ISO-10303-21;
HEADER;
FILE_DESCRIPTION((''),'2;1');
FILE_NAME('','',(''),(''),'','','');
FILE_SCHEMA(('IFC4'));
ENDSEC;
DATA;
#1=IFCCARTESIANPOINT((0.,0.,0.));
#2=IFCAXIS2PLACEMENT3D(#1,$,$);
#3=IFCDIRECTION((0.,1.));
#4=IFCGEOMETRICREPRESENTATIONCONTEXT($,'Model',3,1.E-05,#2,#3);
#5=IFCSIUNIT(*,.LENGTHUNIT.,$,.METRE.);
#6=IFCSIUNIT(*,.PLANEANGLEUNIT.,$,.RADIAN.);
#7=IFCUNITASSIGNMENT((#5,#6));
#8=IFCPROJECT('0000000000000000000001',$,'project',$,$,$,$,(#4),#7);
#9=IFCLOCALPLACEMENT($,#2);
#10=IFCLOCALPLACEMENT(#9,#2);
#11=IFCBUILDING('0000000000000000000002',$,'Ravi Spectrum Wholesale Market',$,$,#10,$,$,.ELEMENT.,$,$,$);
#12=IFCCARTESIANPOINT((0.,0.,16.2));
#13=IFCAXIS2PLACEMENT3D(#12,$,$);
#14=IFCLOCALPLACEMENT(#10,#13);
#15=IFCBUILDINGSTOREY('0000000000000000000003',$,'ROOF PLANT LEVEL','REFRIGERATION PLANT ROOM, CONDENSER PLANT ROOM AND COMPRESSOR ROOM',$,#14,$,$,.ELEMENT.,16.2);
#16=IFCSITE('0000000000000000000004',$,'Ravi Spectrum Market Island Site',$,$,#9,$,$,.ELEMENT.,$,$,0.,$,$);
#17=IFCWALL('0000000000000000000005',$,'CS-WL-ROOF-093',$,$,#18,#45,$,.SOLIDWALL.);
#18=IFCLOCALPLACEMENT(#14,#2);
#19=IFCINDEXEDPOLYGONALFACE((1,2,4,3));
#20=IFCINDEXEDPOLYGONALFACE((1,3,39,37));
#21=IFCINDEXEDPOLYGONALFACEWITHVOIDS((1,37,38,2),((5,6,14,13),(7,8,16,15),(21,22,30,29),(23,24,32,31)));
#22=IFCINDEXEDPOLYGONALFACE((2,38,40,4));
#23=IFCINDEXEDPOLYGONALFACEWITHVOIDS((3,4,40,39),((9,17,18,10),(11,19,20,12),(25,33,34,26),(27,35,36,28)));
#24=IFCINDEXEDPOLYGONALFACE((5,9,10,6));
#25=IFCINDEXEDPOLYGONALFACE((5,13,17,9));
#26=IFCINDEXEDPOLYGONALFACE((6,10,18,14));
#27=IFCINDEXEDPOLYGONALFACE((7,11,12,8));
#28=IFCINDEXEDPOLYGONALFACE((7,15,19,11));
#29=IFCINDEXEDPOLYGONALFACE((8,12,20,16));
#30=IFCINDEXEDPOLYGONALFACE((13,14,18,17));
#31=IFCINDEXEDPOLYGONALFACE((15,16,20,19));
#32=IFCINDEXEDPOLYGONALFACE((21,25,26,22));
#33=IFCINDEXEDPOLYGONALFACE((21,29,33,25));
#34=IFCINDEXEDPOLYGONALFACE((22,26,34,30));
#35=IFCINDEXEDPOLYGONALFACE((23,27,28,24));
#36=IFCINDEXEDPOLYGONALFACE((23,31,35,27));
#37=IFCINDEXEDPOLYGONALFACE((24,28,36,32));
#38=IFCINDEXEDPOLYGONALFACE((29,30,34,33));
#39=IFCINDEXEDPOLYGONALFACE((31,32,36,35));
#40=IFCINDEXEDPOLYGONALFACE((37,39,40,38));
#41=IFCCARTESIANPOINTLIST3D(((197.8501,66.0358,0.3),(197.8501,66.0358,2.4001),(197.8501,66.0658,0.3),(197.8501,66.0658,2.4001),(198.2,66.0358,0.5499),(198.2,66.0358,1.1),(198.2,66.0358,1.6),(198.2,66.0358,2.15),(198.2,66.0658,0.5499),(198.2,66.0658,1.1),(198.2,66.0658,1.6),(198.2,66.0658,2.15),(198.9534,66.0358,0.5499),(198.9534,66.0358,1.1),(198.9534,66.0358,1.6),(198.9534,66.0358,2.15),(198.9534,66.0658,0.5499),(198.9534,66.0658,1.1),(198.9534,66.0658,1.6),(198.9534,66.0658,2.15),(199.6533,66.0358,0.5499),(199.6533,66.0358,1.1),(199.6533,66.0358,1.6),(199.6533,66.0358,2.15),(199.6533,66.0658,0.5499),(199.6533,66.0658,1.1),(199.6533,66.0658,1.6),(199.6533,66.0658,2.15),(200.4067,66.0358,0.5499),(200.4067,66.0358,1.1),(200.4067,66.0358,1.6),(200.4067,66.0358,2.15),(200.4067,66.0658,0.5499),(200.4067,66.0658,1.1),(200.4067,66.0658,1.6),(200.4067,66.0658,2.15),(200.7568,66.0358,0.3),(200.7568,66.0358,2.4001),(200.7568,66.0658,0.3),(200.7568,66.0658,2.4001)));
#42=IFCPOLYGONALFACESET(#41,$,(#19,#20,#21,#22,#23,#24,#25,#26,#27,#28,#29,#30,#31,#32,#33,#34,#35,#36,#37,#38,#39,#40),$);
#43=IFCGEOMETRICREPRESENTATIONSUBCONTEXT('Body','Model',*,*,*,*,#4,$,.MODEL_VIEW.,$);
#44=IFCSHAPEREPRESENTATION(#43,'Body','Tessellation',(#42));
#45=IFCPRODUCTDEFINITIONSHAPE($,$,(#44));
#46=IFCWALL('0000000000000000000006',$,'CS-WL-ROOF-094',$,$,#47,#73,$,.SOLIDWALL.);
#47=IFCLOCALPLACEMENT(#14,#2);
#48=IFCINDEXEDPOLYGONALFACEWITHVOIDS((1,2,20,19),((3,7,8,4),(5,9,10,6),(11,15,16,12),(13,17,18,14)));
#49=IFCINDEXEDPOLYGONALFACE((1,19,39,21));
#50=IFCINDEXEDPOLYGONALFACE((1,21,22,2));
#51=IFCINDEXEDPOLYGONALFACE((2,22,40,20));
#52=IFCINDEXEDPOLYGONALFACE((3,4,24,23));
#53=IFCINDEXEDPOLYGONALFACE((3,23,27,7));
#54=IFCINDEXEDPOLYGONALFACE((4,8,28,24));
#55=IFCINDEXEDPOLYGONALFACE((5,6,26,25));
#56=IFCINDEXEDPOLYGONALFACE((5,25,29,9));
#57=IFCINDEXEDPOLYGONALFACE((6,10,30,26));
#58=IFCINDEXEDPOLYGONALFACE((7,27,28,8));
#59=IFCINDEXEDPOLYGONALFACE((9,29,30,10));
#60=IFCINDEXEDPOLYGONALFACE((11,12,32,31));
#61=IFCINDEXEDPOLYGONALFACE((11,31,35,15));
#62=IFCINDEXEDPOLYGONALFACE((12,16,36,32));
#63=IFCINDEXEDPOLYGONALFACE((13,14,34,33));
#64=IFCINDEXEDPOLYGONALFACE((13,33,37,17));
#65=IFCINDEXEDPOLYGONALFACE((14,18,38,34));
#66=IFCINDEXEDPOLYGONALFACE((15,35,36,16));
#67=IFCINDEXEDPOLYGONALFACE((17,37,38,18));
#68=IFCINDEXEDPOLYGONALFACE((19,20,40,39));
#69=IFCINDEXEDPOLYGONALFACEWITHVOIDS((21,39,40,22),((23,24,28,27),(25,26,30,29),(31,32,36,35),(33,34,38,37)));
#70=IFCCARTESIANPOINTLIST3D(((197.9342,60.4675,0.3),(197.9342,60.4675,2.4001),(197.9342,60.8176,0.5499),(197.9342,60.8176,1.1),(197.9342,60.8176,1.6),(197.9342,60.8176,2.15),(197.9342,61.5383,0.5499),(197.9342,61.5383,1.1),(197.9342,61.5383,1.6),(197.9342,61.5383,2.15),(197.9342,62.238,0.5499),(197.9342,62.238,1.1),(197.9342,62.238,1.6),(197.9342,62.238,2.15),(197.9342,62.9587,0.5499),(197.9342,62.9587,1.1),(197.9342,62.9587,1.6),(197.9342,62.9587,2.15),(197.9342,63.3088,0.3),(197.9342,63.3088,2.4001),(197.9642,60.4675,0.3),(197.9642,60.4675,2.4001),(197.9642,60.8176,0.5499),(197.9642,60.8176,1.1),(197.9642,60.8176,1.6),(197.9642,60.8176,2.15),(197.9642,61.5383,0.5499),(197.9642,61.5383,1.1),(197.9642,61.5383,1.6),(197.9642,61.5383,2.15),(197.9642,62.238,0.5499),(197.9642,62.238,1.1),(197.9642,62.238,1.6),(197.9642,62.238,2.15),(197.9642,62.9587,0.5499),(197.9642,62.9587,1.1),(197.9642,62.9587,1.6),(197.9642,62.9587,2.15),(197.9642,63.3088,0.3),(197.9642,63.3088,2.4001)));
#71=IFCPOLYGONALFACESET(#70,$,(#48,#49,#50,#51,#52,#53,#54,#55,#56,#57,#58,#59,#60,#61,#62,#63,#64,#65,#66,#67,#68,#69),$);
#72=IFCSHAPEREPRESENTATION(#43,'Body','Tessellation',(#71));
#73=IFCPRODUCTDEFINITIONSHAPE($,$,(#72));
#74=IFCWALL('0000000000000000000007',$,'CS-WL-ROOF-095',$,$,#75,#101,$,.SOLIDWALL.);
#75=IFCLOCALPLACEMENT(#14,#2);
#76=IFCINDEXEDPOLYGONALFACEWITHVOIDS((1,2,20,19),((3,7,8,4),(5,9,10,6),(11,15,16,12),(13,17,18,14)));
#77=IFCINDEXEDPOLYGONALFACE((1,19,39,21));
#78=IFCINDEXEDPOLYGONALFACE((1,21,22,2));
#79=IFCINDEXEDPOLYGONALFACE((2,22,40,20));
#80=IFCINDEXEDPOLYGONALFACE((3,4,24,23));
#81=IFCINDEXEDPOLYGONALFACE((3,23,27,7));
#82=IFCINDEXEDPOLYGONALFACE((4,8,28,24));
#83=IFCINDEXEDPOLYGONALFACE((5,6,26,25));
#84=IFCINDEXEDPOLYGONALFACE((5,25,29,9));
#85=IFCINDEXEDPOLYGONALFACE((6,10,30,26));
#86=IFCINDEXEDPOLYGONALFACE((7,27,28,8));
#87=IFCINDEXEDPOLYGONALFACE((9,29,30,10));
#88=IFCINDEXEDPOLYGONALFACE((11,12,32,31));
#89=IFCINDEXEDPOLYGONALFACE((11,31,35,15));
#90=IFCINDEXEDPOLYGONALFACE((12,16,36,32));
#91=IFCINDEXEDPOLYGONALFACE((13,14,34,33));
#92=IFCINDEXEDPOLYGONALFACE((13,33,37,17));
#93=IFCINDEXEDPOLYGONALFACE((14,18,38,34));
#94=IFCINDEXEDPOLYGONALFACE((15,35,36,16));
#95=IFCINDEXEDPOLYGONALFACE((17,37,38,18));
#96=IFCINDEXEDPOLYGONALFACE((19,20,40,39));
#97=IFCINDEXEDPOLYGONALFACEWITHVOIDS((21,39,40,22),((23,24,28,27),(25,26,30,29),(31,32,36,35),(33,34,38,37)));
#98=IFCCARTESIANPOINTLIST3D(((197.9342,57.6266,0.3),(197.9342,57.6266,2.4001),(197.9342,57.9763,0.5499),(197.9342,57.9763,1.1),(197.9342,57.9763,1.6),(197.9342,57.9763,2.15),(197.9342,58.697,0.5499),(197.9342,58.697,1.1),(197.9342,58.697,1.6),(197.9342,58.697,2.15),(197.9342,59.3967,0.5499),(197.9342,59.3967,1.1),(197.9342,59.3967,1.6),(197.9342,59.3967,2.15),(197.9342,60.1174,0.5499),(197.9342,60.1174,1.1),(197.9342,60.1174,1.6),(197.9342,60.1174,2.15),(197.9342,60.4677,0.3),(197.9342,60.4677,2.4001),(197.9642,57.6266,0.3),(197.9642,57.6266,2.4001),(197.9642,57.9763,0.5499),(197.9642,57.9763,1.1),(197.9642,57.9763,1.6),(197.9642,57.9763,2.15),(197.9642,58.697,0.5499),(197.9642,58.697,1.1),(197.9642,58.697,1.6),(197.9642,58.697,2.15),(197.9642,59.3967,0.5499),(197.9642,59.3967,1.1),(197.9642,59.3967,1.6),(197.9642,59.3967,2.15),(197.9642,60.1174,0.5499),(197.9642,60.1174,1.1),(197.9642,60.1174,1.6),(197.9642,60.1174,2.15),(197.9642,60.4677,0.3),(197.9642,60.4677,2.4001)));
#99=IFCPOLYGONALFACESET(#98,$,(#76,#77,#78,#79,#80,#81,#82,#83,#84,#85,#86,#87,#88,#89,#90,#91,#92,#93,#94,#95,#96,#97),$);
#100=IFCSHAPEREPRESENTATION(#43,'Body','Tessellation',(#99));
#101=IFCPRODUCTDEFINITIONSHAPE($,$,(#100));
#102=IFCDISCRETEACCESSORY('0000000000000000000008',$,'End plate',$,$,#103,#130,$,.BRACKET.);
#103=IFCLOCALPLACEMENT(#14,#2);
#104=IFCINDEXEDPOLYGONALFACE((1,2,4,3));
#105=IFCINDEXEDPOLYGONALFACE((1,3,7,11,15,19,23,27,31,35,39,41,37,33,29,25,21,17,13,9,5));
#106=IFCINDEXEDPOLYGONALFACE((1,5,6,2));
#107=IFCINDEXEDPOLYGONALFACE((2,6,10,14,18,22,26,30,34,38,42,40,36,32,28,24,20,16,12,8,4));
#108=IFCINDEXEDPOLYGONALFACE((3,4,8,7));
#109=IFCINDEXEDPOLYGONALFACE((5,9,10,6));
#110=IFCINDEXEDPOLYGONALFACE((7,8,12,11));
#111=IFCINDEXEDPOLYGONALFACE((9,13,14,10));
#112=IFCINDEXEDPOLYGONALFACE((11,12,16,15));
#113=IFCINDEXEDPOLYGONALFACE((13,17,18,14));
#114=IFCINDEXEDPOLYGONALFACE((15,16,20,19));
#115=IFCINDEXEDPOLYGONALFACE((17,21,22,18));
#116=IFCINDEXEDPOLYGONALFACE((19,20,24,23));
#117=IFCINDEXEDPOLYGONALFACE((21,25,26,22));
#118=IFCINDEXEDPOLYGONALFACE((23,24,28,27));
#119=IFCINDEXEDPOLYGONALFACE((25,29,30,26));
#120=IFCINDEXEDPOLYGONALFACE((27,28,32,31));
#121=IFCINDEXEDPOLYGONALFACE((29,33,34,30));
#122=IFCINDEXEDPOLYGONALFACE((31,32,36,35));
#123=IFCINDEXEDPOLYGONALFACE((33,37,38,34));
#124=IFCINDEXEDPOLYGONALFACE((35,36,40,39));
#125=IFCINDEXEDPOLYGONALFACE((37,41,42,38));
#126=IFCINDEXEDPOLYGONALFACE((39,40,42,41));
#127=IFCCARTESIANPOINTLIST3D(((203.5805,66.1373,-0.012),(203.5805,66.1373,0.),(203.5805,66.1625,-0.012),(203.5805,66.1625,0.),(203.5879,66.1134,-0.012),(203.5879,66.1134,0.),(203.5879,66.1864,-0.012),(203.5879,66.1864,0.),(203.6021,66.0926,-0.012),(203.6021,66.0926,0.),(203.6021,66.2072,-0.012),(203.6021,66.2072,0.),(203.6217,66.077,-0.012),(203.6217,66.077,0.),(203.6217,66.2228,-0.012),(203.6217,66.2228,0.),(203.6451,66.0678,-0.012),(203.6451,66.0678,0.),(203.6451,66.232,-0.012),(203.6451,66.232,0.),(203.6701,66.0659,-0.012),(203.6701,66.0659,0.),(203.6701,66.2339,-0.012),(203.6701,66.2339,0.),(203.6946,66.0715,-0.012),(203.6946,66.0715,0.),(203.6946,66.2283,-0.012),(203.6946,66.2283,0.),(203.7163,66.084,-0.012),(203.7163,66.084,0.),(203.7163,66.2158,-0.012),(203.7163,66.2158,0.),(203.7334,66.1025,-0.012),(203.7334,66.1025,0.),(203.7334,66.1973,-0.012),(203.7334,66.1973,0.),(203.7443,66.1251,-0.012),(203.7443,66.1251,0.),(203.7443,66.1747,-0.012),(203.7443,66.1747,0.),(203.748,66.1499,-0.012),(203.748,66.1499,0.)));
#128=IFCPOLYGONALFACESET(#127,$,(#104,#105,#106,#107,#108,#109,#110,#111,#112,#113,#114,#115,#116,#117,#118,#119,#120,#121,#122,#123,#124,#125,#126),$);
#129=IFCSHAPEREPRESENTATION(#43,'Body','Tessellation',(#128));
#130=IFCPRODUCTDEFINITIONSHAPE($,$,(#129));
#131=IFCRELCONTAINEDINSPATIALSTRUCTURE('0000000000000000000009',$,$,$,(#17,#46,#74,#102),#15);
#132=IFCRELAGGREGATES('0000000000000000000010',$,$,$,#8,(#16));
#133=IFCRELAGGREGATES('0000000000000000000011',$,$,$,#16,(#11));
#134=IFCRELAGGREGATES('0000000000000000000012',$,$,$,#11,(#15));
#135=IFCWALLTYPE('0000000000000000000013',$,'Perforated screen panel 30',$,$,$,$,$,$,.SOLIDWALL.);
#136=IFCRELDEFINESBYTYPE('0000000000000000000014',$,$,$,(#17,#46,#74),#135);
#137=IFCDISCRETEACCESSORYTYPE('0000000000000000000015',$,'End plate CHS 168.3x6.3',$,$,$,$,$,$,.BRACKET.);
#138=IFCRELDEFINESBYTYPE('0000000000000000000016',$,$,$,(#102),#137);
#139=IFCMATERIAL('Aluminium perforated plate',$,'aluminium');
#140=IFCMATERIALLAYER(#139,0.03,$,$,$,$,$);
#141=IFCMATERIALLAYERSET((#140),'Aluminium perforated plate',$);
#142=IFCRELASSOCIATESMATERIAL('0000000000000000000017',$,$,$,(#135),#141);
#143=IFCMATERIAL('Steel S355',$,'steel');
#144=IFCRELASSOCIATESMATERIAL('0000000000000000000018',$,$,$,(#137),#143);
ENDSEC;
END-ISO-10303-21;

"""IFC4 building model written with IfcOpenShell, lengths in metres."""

from ifc_helpers import new_model, si_unit, direction, frame, frame_2d, origin, origin_2d, place, context, subcontext, project, spatial, rectangle, circle, extrude, material, layer, layer_set, material_profile, profile_set, type_object, element, save


model = new_model("IFC4")

# Units and contexts
model_context = context("Model", 3, precision=1e-05, world=origin(), true_north=direction((0.0, 1.0)))
body_context = subcontext(model_context, "Body", "Model", "MODEL_VIEW")
ifc_project = project(units=[si_unit("LENGTHUNIT", "METRE"), si_unit("PLANEANGLEUNIT", "RADIAN")], contexts=[model_context])

# Site, building, storey
site_placement = place(None, origin())
site = spatial("IfcSite", under=ifc_project, at=site_placement, Name="Ravi Spectrum Market Island Site", CompositionType="ELEMENT", RefElevation=0.0)
building_placement = place(site_placement, origin())
building = spatial("IfcBuilding", under=site, at=building_placement, Name="Ravi Spectrum Wholesale Market", CompositionType="ELEMENT")
storey_placement = place(building_placement, frame((0.0, 0.0, 16.2)))
storey = spatial("IfcBuildingStorey", under=building, at=storey_placement, Name="ROOF PLANT LEVEL", Description="REFRIGERATION PLANT ROOM, CONDENSER PLANT ROOM AND COMPRESSOR ROOM", CompositionType="ELEMENT", Elevation=16.2)

# Walls, openings
ifc_material_1 = material(Name="Aluminium perforated plate", Category="aluminium")
ifc_layer = layer(ifc_material_1, 0.03)
ifc_layer_set = layer_set([ifc_layer], Name="Aluminium perforated plate")
wall_type = type_object("IfcWallType", Name="Perforated screen panel 30", PredefinedType="SOLIDWALL", material=ifc_layer_set)
wall_1_placement = place(storey_placement, frame((200.7568, 66.0508, 0.3), z_axis=(0.0, 0.0, 1.0), x_axis=(-1.0, 0.0, 0.0)))
wall_1 = element("IfcWall", 1, at=wall_1_placement, inside=storey, type_object=wall_type, Name="CS-WL-ROOF-093", PredefinedType="SOLIDWALL", context=body_context, shape_type="SweptSolid", body=[
    extrude(rectangle(XDim=2.9067, YDim=0.03, at=frame_2d((1.4534, 0.0))), origin(), (0.0, 0.0, 1.0), 2.1001),
])
opening_1_placement = place(wall_1_placement, frame((0.3501, 0.0, 0.25)))
element("IfcOpeningElement", 2, at=opening_1_placement, cuts=wall_1, PredefinedType="OPENING", context=body_context, shape_type="SweptSolid", body=[
    extrude(rectangle(XDim=0.7534, YDim=0.55, at=frame_2d((0.3767, 0.2749))), frame((0.0, 0.0249, 0.0), z_axis=(0.0, -1.0, 0.0), x_axis=(1.0, 0.0, 0.0)), (0.0, 0.0, 1.0), 0.05),
])
opening_2_placement = place(wall_1_placement, frame((0.3501, 0.0, 1.3)))
element("IfcOpeningElement", 3, at=opening_2_placement, cuts=wall_1, PredefinedType="OPENING", context=body_context, shape_type="SweptSolid", body=[
    extrude(rectangle(XDim=0.7534, YDim=0.55, at=frame_2d((0.3767, 0.2749))), frame((0.0, 0.0249, 0.0), z_axis=(0.0, -1.0, 0.0), x_axis=(1.0, 0.0, 0.0)), (0.0, 0.0, 1.0), 0.05),
])
opening_3_placement = place(wall_1_placement, frame((1.8035, 0.0, 0.25)))
element("IfcOpeningElement", 4, at=opening_3_placement, cuts=wall_1, PredefinedType="OPENING", context=body_context, shape_type="SweptSolid", body=[
    extrude(rectangle(XDim=0.7534, YDim=0.55, at=frame_2d((0.3767, 0.2749))), frame((0.0, 0.0249, 0.0), z_axis=(0.0, -1.0, 0.0), x_axis=(1.0, 0.0, 0.0)), (0.0, 0.0, 1.0), 0.05),
])
opening_4_placement = place(wall_1_placement, frame((1.8035, 0.0, 1.3)))
element("IfcOpeningElement", 5, at=opening_4_placement, cuts=wall_1, PredefinedType="OPENING", context=body_context, shape_type="SweptSolid", body=[
    extrude(rectangle(XDim=0.7534, YDim=0.55, at=frame_2d((0.3767, 0.2749))), frame((0.0, 0.0249, 0.0), z_axis=(0.0, -1.0, 0.0), x_axis=(1.0, 0.0, 0.0)), (0.0, 0.0, 1.0), 0.05),
])
wall_2_placement = place(storey_placement, frame((197.9492, 63.3088, 0.3), z_axis=(0.0, 0.0, 1.0), x_axis=(0.0, -1.0, 0.0)))
wall_2 = element("IfcWall", 6, at=wall_2_placement, inside=storey, type_object=wall_type, Name="CS-WL-ROOF-094", PredefinedType="SOLIDWALL", context=body_context, shape_type="SweptSolid", body=[
    extrude(rectangle(XDim=2.8413, YDim=0.03, at=frame_2d((1.4207, 0.0))), origin(), (0.0, 0.0, 1.0), 2.1001),
])
opening_5_placement = place(wall_2_placement, frame((0.3501, 0.0, 0.25)))
element("IfcOpeningElement", 7, at=opening_5_placement, cuts=wall_2, PredefinedType="OPENING", context=body_context, shape_type="SweptSolid", body=[
    extrude(rectangle(XDim=0.7207, YDim=0.55, at=frame_2d((0.3604, 0.2749))), frame((0.0, 0.0249, 0.0), z_axis=(0.0, -1.0, 0.0), x_axis=(1.0, 0.0, 0.0)), (0.0, 0.0, 1.0), 0.05),
])
opening_6_placement = place(wall_2_placement, frame((0.3501, 0.0, 1.3)))
element("IfcOpeningElement", 8, at=opening_6_placement, cuts=wall_2, PredefinedType="OPENING", context=body_context, shape_type="SweptSolid", body=[
    extrude(rectangle(XDim=0.7207, YDim=0.55, at=frame_2d((0.3604, 0.2749))), frame((0.0, 0.0249, 0.0), z_axis=(0.0, -1.0, 0.0), x_axis=(1.0, 0.0, 0.0)), (0.0, 0.0, 1.0), 0.05),
])
opening_7_placement = place(wall_2_placement, frame((1.7705, 0.0, 0.25)))
element("IfcOpeningElement", 9, at=opening_7_placement, cuts=wall_2, PredefinedType="OPENING", context=body_context, shape_type="SweptSolid", body=[
    extrude(rectangle(XDim=0.7207, YDim=0.55, at=frame_2d((0.3604, 0.2749))), frame((0.0, 0.0249, 0.0), z_axis=(0.0, -1.0, 0.0), x_axis=(1.0, 0.0, 0.0)), (0.0, 0.0, 1.0), 0.05),
])
opening_8_placement = place(wall_2_placement, frame((1.7705, 0.0, 1.3)))
element("IfcOpeningElement", 10, at=opening_8_placement, cuts=wall_2, PredefinedType="OPENING", context=body_context, shape_type="SweptSolid", body=[
    extrude(rectangle(XDim=0.7207, YDim=0.55, at=frame_2d((0.3604, 0.2749))), frame((0.0, 0.0249, 0.0), z_axis=(0.0, -1.0, 0.0), x_axis=(1.0, 0.0, 0.0)), (0.0, 0.0, 1.0), 0.05),
])
wall_3_placement = place(storey_placement, frame((197.9492, 60.4675, 0.3), z_axis=(0.0, 0.0, 1.0), x_axis=(0.0, -1.0, 0.0)))
wall_3 = element("IfcWall", 11, at=wall_3_placement, inside=storey, type_object=wall_type, Name="CS-WL-ROOF-095", PredefinedType="SOLIDWALL", context=body_context, shape_type="SweptSolid", body=[
    extrude(rectangle(XDim=2.8411, YDim=0.03, at=frame_2d((1.4204, 0.0))), origin(), (0.0, 0.0, 1.0), 2.1001),
])
opening_9_placement = place(wall_3_placement, frame((0.3501, 0.0, 0.25)))
element("IfcOpeningElement", 12, at=opening_9_placement, cuts=wall_3, PredefinedType="OPENING", context=body_context, shape_type="SweptSolid", body=[
    extrude(rectangle(XDim=0.7207, YDim=0.55, at=frame_2d((0.3604, 0.2749))), frame((0.0, 0.0249, 0.0), z_axis=(0.0, -1.0, 0.0), x_axis=(1.0, 0.0, 0.0)), (0.0, 0.0, 1.0), 0.05),
])
opening_10_placement = place(wall_3_placement, frame((0.3501, 0.0, 1.3)))
element("IfcOpeningElement", 13, at=opening_10_placement, cuts=wall_3, PredefinedType="OPENING", context=body_context, shape_type="SweptSolid", body=[
    extrude(rectangle(XDim=0.7207, YDim=0.55, at=frame_2d((0.3604, 0.2749))), frame((0.0, 0.0249, 0.0), z_axis=(0.0, -1.0, 0.0), x_axis=(1.0, 0.0, 0.0)), (0.0, 0.0, 1.0), 0.05),
])
opening_11_placement = place(wall_3_placement, frame((1.7705, 0.0, 0.25)))
element("IfcOpeningElement", 14, at=opening_11_placement, cuts=wall_3, PredefinedType="OPENING", context=body_context, shape_type="SweptSolid", body=[
    extrude(rectangle(XDim=0.7207, YDim=0.55, at=frame_2d((0.3604, 0.2749))), frame((0.0, 0.0249, 0.0), z_axis=(0.0, -1.0, 0.0), x_axis=(1.0, 0.0, 0.0)), (0.0, 0.0, 1.0), 0.05),
])
opening_12_placement = place(wall_3_placement, frame((1.7705, 0.0, 1.3)))
element("IfcOpeningElement", 15, at=opening_12_placement, cuts=wall_3, PredefinedType="OPENING", context=body_context, shape_type="SweptSolid", body=[
    extrude(rectangle(XDim=0.7207, YDim=0.55, at=frame_2d((0.3604, 0.2749))), frame((0.0, 0.0249, 0.0), z_axis=(0.0, -1.0, 0.0), x_axis=(1.0, 0.0, 0.0)), (0.0, 0.0, 1.0), 0.05),
])

# Discrete accessory
ifc_material_2 = material(Name="Steel S355", Category="steel")
ifc_material_profile_1 = material_profile(ifc_material_2, circle(Radius=0.0842, at=origin_2d()))
ifc_profile_set_1 = profile_set([ifc_material_profile_1], Name="Steel S355")
discrete_accessory_type = type_object("IfcDiscreteAccessoryType", Name="End plate CHS 168.3x6.3", PredefinedType="BRACKET", material=ifc_profile_set_1)
for number, where, z_axis, x_axis, name in (
    (16, (203.6638, 66.1499, 0.0), (0.0, 0.0, -1.0), (1.0, 0.0, 0.0), "End plate"),
):
    element("IfcDiscreteAccessory", number, at=place(storey_placement, frame(where, z_axis=z_axis, x_axis=x_axis)), inside=storey, type_object=discrete_accessory_type, Name=name, PredefinedType="BRACKET", context=body_context, shape_type="SweptSolid", body=[
        extrude(circle(Radius=0.0842, at=origin_2d()), origin(), (0.0, 0.0, 1.0), 0.012),
    ])

save(model, "model.ifc")
